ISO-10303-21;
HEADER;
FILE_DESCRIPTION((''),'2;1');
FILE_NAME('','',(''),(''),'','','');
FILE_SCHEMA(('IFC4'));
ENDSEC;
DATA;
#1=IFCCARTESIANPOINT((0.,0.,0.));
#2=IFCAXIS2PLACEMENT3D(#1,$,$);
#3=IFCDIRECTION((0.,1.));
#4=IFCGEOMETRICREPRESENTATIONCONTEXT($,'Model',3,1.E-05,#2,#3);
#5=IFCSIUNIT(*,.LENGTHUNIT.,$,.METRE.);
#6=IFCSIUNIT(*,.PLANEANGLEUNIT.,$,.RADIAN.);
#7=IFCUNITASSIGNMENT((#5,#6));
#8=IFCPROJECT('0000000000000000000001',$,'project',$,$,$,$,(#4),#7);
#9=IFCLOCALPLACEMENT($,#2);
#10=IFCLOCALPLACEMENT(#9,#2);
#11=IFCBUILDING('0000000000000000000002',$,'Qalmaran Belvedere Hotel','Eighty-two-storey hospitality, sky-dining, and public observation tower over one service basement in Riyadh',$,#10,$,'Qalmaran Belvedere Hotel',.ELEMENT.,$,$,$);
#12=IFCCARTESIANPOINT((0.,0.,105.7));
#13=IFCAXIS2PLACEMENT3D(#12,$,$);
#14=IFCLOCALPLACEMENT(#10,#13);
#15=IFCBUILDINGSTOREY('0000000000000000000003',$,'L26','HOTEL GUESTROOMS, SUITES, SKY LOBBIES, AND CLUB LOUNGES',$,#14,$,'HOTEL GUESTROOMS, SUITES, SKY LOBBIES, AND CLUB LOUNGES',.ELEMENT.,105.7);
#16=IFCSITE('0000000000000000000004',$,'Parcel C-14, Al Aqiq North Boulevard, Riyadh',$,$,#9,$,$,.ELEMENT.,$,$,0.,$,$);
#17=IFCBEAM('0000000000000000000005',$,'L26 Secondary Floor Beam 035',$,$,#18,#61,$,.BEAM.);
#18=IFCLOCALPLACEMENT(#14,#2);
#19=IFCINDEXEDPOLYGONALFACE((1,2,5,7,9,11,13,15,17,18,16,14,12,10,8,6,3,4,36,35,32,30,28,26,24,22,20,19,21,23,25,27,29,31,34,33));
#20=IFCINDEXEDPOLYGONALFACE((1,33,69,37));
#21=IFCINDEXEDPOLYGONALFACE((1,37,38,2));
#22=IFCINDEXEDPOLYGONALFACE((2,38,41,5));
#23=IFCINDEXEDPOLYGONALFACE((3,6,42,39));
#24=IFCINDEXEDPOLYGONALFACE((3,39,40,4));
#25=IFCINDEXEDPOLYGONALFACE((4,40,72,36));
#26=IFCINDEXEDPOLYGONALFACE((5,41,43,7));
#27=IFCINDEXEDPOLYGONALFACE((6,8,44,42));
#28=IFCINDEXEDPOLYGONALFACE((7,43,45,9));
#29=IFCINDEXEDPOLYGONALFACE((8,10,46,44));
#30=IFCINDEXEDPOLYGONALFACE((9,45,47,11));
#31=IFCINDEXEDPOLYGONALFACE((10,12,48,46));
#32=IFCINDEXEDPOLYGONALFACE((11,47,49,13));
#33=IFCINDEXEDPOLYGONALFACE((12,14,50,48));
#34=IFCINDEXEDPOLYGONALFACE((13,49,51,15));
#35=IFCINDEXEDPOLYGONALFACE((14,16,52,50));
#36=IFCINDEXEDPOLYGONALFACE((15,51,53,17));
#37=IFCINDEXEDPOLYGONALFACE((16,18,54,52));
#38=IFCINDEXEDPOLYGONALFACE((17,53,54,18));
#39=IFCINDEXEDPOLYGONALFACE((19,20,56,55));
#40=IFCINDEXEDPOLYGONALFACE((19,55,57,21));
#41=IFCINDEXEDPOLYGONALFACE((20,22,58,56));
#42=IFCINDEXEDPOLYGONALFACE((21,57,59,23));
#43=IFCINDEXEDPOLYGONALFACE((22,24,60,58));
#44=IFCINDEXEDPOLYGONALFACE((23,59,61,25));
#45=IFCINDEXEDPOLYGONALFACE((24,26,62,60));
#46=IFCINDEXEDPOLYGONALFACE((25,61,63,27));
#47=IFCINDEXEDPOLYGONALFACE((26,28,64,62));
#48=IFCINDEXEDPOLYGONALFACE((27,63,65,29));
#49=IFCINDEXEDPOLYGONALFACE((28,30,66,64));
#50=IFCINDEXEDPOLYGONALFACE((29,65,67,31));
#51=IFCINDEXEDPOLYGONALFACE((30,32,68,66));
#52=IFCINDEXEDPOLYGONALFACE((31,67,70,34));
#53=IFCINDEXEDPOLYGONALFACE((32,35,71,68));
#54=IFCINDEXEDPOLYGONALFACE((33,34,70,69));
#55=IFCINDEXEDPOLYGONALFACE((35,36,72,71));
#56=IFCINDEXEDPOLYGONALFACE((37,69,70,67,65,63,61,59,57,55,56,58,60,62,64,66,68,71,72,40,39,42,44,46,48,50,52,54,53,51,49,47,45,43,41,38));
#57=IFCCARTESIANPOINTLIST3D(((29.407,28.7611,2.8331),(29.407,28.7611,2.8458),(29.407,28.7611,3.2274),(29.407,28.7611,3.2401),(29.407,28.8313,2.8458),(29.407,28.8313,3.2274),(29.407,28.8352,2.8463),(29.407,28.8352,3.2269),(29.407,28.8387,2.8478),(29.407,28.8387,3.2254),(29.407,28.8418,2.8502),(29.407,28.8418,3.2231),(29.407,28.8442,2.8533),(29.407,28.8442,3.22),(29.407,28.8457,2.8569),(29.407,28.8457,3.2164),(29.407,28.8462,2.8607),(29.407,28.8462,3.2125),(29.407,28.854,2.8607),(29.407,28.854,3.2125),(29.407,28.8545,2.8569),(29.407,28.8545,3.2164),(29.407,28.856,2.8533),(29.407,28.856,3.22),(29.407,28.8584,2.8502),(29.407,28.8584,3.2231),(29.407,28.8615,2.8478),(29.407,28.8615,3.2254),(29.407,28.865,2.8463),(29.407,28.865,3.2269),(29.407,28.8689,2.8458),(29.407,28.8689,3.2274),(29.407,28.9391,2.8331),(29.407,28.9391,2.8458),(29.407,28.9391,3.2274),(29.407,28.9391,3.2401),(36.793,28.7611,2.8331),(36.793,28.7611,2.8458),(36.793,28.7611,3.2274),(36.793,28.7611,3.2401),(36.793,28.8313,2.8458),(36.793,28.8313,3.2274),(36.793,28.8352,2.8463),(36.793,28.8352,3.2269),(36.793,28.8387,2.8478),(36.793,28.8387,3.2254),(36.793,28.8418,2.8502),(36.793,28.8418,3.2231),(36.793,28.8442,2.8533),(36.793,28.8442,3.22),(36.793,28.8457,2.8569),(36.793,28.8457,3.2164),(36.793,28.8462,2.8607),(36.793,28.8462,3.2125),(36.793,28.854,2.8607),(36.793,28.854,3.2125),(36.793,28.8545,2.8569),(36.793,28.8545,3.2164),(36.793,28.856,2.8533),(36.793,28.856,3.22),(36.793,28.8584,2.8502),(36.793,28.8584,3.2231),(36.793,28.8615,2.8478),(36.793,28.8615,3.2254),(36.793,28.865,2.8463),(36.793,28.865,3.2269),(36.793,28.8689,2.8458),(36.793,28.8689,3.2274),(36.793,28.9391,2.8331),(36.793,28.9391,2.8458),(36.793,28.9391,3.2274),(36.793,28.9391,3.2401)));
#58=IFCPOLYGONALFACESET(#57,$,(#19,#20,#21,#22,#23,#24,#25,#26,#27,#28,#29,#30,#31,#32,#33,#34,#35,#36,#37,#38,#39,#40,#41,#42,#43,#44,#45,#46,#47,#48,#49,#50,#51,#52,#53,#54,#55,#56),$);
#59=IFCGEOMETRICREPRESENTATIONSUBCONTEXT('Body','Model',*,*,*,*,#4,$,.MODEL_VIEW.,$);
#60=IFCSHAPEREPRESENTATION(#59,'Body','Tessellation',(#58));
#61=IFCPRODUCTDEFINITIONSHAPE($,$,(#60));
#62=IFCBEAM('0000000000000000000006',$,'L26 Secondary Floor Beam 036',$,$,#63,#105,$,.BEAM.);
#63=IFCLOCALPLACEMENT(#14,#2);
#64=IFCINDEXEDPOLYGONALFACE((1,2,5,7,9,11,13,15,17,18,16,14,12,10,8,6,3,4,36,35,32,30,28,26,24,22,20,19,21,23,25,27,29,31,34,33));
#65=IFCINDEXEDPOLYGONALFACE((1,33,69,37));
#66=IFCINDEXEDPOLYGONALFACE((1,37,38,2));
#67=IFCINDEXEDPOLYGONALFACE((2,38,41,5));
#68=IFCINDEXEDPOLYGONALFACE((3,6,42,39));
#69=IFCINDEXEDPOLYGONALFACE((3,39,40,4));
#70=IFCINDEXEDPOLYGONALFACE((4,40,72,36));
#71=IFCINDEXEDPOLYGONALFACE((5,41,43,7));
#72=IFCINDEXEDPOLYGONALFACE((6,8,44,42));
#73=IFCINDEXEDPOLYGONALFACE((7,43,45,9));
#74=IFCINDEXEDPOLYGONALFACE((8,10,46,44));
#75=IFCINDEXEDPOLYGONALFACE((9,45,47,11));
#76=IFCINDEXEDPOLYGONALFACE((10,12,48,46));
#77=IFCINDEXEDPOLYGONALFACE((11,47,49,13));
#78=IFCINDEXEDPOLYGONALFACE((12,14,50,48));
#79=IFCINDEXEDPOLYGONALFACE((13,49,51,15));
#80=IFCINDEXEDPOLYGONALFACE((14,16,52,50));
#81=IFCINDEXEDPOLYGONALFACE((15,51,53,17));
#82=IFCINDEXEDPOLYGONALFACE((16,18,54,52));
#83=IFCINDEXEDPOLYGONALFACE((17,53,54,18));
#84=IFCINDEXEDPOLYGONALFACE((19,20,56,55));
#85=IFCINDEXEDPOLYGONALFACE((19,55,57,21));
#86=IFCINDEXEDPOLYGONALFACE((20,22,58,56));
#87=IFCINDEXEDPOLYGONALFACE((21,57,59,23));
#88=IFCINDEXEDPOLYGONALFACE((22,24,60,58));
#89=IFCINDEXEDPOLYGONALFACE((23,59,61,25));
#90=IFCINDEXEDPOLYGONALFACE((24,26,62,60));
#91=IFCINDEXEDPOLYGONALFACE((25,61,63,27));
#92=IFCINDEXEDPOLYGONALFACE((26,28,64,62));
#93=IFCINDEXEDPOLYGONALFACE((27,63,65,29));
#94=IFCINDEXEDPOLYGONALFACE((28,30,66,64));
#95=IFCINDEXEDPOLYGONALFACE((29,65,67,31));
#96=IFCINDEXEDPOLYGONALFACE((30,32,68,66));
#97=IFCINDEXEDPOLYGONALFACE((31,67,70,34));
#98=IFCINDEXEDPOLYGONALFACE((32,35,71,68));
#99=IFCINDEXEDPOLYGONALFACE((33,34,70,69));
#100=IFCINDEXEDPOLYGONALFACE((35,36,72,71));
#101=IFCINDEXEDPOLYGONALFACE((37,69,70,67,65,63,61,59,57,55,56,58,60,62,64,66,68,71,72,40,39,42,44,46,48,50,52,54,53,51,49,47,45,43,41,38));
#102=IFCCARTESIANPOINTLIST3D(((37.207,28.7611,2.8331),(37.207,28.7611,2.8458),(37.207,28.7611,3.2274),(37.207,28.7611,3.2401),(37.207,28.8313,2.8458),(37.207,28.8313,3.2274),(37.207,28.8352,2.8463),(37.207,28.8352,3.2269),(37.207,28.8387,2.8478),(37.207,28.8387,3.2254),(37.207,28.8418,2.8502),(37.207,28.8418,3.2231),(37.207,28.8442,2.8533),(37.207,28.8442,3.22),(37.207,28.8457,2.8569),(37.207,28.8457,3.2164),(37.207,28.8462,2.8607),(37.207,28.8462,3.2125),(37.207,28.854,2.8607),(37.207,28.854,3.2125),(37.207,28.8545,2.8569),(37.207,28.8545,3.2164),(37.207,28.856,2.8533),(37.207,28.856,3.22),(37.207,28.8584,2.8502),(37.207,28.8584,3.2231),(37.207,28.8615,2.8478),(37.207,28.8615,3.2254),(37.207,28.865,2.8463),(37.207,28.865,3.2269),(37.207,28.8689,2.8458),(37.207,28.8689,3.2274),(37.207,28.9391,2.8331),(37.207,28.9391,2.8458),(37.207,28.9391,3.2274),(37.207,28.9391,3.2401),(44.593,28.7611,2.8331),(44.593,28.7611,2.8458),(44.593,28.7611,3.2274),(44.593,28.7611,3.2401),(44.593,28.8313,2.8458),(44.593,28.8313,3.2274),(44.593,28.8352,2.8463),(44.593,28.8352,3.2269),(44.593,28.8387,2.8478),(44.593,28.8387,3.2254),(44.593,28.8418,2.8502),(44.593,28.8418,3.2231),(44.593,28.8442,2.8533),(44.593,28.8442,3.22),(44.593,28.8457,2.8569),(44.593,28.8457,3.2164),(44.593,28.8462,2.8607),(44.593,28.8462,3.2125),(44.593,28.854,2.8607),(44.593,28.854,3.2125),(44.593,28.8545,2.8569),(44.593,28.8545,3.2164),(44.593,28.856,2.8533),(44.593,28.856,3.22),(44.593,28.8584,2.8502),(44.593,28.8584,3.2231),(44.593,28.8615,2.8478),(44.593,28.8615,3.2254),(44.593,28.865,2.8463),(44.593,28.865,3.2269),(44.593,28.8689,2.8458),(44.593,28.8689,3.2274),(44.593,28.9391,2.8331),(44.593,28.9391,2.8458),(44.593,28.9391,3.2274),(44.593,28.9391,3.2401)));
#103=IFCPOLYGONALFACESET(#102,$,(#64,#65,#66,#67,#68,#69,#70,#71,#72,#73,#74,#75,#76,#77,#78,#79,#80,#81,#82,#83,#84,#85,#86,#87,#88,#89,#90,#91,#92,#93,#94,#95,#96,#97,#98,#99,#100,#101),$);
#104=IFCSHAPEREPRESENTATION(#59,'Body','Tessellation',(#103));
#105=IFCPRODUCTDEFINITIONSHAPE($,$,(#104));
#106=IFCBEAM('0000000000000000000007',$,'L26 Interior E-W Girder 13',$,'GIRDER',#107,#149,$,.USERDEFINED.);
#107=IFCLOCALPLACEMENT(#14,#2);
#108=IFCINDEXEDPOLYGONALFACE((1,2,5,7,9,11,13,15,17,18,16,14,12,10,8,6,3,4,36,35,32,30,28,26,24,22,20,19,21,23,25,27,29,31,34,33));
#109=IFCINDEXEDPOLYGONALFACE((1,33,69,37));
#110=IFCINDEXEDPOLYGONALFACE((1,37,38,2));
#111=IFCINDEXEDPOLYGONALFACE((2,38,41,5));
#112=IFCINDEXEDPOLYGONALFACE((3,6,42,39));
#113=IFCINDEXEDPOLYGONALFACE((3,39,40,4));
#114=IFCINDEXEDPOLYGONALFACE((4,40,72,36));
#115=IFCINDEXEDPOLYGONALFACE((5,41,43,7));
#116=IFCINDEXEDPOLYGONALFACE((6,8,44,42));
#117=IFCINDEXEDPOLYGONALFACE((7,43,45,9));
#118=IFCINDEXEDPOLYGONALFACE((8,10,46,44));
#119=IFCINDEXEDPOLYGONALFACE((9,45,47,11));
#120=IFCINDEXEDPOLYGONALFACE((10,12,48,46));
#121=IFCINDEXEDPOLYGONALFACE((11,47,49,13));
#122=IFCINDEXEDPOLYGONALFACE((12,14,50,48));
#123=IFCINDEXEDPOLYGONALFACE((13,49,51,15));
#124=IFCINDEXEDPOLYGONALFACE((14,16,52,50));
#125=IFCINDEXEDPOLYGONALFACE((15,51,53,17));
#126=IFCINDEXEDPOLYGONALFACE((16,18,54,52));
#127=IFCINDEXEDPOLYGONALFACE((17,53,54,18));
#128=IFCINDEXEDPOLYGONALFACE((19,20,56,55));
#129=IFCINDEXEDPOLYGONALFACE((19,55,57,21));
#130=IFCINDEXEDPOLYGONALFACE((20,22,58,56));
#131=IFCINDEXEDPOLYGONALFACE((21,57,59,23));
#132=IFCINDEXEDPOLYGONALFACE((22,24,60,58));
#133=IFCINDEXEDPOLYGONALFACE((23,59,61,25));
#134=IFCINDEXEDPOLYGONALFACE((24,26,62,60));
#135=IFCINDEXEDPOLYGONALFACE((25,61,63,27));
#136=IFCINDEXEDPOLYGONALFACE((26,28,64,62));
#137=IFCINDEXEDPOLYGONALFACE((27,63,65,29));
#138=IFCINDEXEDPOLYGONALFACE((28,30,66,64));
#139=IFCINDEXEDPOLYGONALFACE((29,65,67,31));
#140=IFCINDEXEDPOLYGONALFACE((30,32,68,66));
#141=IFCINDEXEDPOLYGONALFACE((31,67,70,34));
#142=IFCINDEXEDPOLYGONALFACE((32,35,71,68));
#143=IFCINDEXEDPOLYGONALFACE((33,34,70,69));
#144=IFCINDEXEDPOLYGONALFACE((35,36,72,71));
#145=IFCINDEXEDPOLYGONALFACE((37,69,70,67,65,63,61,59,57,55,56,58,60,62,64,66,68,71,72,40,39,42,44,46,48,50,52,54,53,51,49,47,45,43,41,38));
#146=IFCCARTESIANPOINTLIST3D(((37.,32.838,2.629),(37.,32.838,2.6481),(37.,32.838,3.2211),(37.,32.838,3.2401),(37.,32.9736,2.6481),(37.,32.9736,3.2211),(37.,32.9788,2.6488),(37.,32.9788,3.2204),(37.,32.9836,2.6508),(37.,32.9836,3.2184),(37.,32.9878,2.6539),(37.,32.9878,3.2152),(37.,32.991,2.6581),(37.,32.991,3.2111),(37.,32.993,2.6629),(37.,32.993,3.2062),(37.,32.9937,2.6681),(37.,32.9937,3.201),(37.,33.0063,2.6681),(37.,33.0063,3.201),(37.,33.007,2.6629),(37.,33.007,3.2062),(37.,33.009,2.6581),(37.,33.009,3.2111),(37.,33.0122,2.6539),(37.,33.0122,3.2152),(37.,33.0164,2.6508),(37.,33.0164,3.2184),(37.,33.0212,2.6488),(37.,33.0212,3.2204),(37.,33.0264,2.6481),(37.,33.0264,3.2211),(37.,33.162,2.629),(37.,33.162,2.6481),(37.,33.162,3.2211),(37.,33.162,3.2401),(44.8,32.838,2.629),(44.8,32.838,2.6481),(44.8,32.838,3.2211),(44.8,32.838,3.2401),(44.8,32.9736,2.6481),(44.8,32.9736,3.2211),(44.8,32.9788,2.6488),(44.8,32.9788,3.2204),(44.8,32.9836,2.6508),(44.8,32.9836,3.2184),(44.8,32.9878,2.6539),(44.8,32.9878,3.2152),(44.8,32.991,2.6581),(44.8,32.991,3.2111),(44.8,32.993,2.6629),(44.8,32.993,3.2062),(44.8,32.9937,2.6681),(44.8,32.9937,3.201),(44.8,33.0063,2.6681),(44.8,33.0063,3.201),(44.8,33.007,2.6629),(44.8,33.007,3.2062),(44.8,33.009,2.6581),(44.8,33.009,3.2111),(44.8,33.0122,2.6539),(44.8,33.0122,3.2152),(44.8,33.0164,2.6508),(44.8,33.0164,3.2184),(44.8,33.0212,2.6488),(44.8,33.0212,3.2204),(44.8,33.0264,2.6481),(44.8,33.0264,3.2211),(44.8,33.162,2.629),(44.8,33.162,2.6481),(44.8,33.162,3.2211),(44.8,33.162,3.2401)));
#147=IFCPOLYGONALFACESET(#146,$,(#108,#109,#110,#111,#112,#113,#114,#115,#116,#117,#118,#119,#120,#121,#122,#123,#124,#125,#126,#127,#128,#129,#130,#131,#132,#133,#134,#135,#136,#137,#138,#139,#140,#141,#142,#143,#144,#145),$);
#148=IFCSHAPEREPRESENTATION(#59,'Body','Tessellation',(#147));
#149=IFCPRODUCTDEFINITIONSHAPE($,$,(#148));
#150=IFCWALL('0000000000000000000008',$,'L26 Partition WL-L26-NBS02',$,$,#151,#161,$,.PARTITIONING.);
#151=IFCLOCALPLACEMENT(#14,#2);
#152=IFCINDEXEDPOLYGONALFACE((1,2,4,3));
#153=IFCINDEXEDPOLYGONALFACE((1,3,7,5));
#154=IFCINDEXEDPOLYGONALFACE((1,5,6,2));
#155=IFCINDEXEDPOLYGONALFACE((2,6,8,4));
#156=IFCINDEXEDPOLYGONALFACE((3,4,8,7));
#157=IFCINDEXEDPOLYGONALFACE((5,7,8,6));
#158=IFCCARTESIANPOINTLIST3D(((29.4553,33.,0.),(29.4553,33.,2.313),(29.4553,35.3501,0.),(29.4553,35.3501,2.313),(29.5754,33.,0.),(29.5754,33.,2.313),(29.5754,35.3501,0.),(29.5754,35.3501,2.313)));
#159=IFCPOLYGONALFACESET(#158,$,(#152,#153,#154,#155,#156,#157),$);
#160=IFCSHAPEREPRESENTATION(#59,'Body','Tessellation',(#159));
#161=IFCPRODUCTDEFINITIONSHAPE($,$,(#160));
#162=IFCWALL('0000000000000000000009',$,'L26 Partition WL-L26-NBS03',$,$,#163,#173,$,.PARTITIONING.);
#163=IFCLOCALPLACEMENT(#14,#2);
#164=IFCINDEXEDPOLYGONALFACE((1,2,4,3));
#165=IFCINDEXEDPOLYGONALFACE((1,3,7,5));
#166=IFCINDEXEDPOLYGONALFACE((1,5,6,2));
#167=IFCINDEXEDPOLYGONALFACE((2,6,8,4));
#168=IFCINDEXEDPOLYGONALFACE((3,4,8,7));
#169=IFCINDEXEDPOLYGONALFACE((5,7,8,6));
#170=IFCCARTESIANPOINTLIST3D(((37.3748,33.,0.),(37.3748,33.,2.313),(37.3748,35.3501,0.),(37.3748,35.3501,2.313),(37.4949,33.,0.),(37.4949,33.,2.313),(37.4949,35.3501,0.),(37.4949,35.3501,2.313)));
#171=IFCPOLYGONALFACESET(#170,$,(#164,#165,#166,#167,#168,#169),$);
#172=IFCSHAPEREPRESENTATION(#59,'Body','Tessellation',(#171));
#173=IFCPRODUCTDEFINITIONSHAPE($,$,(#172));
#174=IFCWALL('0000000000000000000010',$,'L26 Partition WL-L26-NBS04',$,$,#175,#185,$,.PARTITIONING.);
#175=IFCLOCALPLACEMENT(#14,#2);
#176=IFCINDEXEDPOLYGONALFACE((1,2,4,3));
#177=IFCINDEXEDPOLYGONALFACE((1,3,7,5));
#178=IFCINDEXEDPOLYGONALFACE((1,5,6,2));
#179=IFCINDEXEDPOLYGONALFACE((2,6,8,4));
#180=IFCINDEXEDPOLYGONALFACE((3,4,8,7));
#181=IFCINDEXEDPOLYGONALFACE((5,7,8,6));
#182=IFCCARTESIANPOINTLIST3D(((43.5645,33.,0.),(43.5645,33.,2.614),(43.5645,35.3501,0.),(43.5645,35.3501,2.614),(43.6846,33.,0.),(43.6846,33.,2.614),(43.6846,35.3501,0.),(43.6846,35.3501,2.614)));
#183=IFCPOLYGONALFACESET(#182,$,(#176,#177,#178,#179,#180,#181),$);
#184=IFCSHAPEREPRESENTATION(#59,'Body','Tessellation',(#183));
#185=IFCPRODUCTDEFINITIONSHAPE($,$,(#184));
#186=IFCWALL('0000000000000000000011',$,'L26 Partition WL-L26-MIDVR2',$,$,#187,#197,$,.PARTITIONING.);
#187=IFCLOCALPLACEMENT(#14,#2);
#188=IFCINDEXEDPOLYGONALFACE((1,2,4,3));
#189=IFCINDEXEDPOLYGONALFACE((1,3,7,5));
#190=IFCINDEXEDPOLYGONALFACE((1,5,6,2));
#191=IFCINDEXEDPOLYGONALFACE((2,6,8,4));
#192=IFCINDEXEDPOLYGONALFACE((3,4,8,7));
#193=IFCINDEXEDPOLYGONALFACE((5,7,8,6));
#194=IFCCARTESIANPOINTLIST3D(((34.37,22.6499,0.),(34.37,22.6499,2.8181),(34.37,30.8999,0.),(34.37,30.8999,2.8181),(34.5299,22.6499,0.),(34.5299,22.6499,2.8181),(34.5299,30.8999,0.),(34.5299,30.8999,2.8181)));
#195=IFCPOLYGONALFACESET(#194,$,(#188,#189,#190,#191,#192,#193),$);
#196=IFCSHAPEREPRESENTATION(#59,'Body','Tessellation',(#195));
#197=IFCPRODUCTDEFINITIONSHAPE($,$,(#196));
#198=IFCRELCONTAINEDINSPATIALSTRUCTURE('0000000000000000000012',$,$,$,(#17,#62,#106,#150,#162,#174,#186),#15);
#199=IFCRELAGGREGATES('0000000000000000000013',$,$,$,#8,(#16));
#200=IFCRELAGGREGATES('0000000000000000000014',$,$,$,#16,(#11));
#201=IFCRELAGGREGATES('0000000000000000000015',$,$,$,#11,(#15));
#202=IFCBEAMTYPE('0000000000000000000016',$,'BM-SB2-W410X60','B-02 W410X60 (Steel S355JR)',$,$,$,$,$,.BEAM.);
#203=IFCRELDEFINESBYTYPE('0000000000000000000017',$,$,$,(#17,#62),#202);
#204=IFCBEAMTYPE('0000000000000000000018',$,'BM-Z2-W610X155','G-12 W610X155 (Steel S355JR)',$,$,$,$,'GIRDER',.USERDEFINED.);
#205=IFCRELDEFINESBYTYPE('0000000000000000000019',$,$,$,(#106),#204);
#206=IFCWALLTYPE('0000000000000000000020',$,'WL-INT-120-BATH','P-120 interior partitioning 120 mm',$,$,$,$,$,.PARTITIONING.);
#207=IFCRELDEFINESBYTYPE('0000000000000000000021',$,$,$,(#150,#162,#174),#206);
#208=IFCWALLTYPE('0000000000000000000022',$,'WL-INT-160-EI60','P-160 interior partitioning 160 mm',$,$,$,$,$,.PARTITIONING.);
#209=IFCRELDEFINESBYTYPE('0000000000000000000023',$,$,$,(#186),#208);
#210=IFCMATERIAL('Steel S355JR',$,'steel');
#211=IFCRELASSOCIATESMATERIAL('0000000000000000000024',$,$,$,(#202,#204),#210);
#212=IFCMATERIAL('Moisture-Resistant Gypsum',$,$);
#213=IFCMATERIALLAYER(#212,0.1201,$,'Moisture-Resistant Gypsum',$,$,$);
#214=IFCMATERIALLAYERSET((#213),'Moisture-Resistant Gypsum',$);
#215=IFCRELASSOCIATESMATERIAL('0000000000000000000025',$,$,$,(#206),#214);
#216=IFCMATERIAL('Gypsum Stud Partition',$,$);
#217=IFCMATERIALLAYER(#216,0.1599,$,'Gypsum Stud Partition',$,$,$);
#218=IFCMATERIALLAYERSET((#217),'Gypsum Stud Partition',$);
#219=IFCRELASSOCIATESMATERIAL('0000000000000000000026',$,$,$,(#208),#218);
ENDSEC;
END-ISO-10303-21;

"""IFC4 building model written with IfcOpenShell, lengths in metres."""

from ifc_helpers import new_model, si_unit, direction, frame, frame_2d, origin, origin_2d, place, context, subcontext, project, spatial, rectangle, i_section, extrude, material, layer, layer_set, material_profile, profile_set, type_object, element, save


model = new_model("IFC4")

# Units and contexts
model_context = context("Model", 3, precision=1e-05, world=origin(), true_north=direction((0.0, 1.0)))
body_context = subcontext(model_context, "Body", "Model", "MODEL_VIEW")
ifc_project = project(units=[si_unit("LENGTHUNIT", "METRE"), si_unit("PLANEANGLEUNIT", "RADIAN")], contexts=[model_context])

# Site, building, storey
site_placement = place(None, origin())
site = spatial("IfcSite", under=ifc_project, at=site_placement, Name="Parcel C-14, Al Aqiq North Boulevard, Riyadh", CompositionType="ELEMENT", RefElevation=0.0)
building_placement = place(site_placement, origin())
building = spatial("IfcBuilding", under=site, at=building_placement, Name="Qalmaran Belvedere Hotel", Description="Eighty-two-storey hospitality, sky-dining, and public observation tower over one service basement in Riyadh", LongName="Qalmaran Belvedere Hotel", CompositionType="ELEMENT")
storey_placement = place(building_placement, frame((0.0, 0.0, 105.7)))
storey = spatial("IfcBuildingStorey", under=building, at=storey_placement, Name="L26", Description="HOTEL GUESTROOMS, SUITES, SKY LOBBIES, AND CLUB LOUNGES", LongName="HOTEL GUESTROOMS, SUITES, SKY LOBBIES, AND CLUB LOUNGES", CompositionType="ELEMENT", Elevation=105.7)

# Beams
ifc_material_1 = material(Name="Steel S355JR", Category="steel")
ifc_material_profile_1 = material_profile(ifc_material_1, i_section(OverallWidth=0.178, OverallDepth=0.407, WebThickness=0.0078, FlangeThickness=0.0127, FilletRadius=0.0149, at=origin_2d()), Name="W410X60")
ifc_profile_set_1 = profile_set([ifc_material_profile_1], Name="Steel S355JR")
beam_type_1 = type_object("IfcBeamType", Name="BM-SB2-W410X60", Description="B-02 W410X60 (Steel S355JR)", PredefinedType="BEAM", material=ifc_profile_set_1)
for number, where, z_axis, x_axis, name in (
    (1, (29.407, 28.8501, 3.0366), (1.0, 0.0, 0.0), (0.0, 1.0, 0.0), "L26 Secondary Floor Beam 035"),
    (2, (37.207, 28.8501, 3.0366), (1.0, 0.0, 0.0), (0.0, 1.0, 0.0), "L26 Secondary Floor Beam 036"),
):
    element("IfcBeam", number, at=place(storey_placement, frame(where, z_axis=z_axis, x_axis=x_axis)), inside=storey, type_object=beam_type_1, Name=name, PredefinedType="BEAM", context=body_context, shape_type="SweptSolid", body=[
        extrude(i_section(OverallWidth=0.178, OverallDepth=0.407, WebThickness=0.0078, FlangeThickness=0.0127, FilletRadius=0.0149, at=origin_2d()), origin(), (0.0, 0.0, 1.0), 7.386),
    ])
ifc_material_profile_2 = material_profile(ifc_material_1, i_section(OverallWidth=0.324, OverallDepth=0.6111, WebThickness=0.0127, FlangeThickness=0.019, FilletRadius=0.02, at=origin_2d()), Name="W610X155")
ifc_profile_set_2 = profile_set([ifc_material_profile_2], Name="Steel S355JR")
beam_type_2 = type_object("IfcBeamType", Name="BM-Z2-W610X155", Description="G-12 W610X155 (Steel S355JR)", ElementType="GIRDER", PredefinedType="USERDEFINED", material=ifc_profile_set_2)
beam_1_placement = place(storey_placement, frame((37.0, 33.0, 2.9346), z_axis=(1.0, 0.0, 0.0), x_axis=(0.0, 1.0, 0.0)))
element("IfcBeam", 3, at=beam_1_placement, inside=storey, type_object=beam_type_2, Name="L26 Interior E-W Girder 13", ObjectType="GIRDER", PredefinedType="USERDEFINED", context=body_context, shape_type="SweptSolid", body=[
    extrude(i_section(OverallWidth=0.324, OverallDepth=0.6111, WebThickness=0.0127, FlangeThickness=0.019, FilletRadius=0.02, at=origin_2d()), origin(), (0.0, 0.0, 1.0), 7.8),
])

# Walls
ifc_material_2 = material(Name="Moisture-Resistant Gypsum")
ifc_layer_1 = layer(ifc_material_2, 0.1201, Name="Moisture-Resistant Gypsum")
ifc_layer_set_1 = layer_set([ifc_layer_1], Name="Moisture-Resistant Gypsum")
wall_type_1 = type_object("IfcWallType", Name="WL-INT-120-BATH", Description="P-120 interior partitioning 120 mm", PredefinedType="PARTITIONING", material=ifc_layer_set_1)
for number, where, z_axis, x_axis, name in (
    (4, (29.5154, 33.0, 0.0), (0.0, 0.0, 1.0), (0.0, 1.0, 0.0), "L26 Partition WL-L26-NBS02"),
    (5, (37.4348, 33.0, 0.0), (0.0, 0.0, 1.0), (0.0, 1.0, 0.0), "L26 Partition WL-L26-NBS03"),
):
    element("IfcWall", number, at=place(storey_placement, frame(where, z_axis=z_axis, x_axis=x_axis)), inside=storey, type_object=wall_type_1, Name=name, PredefinedType="PARTITIONING", context=body_context, shape_type="SweptSolid", body=[
        extrude(rectangle(XDim=2.3501, YDim=0.1201, at=frame_2d((1.175, 0.0))), origin(), (0.0, 0.0, 1.0), 2.313),
    ])
wall_1_placement = place(storey_placement, frame((43.6245, 33.0, 0.0), z_axis=(0.0, 0.0, 1.0), x_axis=(0.0, 1.0, 0.0)))
element("IfcWall", 6, at=wall_1_placement, inside=storey, type_object=wall_type_1, Name="L26 Partition WL-L26-NBS04", PredefinedType="PARTITIONING", context=body_context, shape_type="SweptSolid", body=[
    extrude(rectangle(XDim=2.3501, YDim=0.1201, at=frame_2d((1.175, 0.0))), origin(), (0.0, 0.0, 1.0), 2.614),
])
ifc_material_3 = material(Name="Gypsum Stud Partition")
ifc_layer_2 = layer(ifc_material_3, 0.1599, Name="Gypsum Stud Partition")
ifc_layer_set_2 = layer_set([ifc_layer_2], Name="Gypsum Stud Partition")
wall_type_2 = type_object("IfcWallType", Name="WL-INT-160-EI60", Description="P-160 interior partitioning 160 mm", PredefinedType="PARTITIONING", material=ifc_layer_set_2)
wall_2_placement = place(storey_placement, frame((34.45, 22.6499, 0.0), z_axis=(0.0, 0.0, 1.0), x_axis=(0.0, 1.0, 0.0)))
element("IfcWall", 7, at=wall_2_placement, inside=storey, type_object=wall_type_2, Name="L26 Partition WL-L26-MIDVR2", PredefinedType="PARTITIONING", context=body_context, shape_type="SweptSolid", body=[
    extrude(rectangle(XDim=8.25, YDim=0.1599, at=frame_2d((4.125, 0.0))), origin(), (0.0, 0.0, 1.0), 2.8181),
])

save(model, "model.ifc")
